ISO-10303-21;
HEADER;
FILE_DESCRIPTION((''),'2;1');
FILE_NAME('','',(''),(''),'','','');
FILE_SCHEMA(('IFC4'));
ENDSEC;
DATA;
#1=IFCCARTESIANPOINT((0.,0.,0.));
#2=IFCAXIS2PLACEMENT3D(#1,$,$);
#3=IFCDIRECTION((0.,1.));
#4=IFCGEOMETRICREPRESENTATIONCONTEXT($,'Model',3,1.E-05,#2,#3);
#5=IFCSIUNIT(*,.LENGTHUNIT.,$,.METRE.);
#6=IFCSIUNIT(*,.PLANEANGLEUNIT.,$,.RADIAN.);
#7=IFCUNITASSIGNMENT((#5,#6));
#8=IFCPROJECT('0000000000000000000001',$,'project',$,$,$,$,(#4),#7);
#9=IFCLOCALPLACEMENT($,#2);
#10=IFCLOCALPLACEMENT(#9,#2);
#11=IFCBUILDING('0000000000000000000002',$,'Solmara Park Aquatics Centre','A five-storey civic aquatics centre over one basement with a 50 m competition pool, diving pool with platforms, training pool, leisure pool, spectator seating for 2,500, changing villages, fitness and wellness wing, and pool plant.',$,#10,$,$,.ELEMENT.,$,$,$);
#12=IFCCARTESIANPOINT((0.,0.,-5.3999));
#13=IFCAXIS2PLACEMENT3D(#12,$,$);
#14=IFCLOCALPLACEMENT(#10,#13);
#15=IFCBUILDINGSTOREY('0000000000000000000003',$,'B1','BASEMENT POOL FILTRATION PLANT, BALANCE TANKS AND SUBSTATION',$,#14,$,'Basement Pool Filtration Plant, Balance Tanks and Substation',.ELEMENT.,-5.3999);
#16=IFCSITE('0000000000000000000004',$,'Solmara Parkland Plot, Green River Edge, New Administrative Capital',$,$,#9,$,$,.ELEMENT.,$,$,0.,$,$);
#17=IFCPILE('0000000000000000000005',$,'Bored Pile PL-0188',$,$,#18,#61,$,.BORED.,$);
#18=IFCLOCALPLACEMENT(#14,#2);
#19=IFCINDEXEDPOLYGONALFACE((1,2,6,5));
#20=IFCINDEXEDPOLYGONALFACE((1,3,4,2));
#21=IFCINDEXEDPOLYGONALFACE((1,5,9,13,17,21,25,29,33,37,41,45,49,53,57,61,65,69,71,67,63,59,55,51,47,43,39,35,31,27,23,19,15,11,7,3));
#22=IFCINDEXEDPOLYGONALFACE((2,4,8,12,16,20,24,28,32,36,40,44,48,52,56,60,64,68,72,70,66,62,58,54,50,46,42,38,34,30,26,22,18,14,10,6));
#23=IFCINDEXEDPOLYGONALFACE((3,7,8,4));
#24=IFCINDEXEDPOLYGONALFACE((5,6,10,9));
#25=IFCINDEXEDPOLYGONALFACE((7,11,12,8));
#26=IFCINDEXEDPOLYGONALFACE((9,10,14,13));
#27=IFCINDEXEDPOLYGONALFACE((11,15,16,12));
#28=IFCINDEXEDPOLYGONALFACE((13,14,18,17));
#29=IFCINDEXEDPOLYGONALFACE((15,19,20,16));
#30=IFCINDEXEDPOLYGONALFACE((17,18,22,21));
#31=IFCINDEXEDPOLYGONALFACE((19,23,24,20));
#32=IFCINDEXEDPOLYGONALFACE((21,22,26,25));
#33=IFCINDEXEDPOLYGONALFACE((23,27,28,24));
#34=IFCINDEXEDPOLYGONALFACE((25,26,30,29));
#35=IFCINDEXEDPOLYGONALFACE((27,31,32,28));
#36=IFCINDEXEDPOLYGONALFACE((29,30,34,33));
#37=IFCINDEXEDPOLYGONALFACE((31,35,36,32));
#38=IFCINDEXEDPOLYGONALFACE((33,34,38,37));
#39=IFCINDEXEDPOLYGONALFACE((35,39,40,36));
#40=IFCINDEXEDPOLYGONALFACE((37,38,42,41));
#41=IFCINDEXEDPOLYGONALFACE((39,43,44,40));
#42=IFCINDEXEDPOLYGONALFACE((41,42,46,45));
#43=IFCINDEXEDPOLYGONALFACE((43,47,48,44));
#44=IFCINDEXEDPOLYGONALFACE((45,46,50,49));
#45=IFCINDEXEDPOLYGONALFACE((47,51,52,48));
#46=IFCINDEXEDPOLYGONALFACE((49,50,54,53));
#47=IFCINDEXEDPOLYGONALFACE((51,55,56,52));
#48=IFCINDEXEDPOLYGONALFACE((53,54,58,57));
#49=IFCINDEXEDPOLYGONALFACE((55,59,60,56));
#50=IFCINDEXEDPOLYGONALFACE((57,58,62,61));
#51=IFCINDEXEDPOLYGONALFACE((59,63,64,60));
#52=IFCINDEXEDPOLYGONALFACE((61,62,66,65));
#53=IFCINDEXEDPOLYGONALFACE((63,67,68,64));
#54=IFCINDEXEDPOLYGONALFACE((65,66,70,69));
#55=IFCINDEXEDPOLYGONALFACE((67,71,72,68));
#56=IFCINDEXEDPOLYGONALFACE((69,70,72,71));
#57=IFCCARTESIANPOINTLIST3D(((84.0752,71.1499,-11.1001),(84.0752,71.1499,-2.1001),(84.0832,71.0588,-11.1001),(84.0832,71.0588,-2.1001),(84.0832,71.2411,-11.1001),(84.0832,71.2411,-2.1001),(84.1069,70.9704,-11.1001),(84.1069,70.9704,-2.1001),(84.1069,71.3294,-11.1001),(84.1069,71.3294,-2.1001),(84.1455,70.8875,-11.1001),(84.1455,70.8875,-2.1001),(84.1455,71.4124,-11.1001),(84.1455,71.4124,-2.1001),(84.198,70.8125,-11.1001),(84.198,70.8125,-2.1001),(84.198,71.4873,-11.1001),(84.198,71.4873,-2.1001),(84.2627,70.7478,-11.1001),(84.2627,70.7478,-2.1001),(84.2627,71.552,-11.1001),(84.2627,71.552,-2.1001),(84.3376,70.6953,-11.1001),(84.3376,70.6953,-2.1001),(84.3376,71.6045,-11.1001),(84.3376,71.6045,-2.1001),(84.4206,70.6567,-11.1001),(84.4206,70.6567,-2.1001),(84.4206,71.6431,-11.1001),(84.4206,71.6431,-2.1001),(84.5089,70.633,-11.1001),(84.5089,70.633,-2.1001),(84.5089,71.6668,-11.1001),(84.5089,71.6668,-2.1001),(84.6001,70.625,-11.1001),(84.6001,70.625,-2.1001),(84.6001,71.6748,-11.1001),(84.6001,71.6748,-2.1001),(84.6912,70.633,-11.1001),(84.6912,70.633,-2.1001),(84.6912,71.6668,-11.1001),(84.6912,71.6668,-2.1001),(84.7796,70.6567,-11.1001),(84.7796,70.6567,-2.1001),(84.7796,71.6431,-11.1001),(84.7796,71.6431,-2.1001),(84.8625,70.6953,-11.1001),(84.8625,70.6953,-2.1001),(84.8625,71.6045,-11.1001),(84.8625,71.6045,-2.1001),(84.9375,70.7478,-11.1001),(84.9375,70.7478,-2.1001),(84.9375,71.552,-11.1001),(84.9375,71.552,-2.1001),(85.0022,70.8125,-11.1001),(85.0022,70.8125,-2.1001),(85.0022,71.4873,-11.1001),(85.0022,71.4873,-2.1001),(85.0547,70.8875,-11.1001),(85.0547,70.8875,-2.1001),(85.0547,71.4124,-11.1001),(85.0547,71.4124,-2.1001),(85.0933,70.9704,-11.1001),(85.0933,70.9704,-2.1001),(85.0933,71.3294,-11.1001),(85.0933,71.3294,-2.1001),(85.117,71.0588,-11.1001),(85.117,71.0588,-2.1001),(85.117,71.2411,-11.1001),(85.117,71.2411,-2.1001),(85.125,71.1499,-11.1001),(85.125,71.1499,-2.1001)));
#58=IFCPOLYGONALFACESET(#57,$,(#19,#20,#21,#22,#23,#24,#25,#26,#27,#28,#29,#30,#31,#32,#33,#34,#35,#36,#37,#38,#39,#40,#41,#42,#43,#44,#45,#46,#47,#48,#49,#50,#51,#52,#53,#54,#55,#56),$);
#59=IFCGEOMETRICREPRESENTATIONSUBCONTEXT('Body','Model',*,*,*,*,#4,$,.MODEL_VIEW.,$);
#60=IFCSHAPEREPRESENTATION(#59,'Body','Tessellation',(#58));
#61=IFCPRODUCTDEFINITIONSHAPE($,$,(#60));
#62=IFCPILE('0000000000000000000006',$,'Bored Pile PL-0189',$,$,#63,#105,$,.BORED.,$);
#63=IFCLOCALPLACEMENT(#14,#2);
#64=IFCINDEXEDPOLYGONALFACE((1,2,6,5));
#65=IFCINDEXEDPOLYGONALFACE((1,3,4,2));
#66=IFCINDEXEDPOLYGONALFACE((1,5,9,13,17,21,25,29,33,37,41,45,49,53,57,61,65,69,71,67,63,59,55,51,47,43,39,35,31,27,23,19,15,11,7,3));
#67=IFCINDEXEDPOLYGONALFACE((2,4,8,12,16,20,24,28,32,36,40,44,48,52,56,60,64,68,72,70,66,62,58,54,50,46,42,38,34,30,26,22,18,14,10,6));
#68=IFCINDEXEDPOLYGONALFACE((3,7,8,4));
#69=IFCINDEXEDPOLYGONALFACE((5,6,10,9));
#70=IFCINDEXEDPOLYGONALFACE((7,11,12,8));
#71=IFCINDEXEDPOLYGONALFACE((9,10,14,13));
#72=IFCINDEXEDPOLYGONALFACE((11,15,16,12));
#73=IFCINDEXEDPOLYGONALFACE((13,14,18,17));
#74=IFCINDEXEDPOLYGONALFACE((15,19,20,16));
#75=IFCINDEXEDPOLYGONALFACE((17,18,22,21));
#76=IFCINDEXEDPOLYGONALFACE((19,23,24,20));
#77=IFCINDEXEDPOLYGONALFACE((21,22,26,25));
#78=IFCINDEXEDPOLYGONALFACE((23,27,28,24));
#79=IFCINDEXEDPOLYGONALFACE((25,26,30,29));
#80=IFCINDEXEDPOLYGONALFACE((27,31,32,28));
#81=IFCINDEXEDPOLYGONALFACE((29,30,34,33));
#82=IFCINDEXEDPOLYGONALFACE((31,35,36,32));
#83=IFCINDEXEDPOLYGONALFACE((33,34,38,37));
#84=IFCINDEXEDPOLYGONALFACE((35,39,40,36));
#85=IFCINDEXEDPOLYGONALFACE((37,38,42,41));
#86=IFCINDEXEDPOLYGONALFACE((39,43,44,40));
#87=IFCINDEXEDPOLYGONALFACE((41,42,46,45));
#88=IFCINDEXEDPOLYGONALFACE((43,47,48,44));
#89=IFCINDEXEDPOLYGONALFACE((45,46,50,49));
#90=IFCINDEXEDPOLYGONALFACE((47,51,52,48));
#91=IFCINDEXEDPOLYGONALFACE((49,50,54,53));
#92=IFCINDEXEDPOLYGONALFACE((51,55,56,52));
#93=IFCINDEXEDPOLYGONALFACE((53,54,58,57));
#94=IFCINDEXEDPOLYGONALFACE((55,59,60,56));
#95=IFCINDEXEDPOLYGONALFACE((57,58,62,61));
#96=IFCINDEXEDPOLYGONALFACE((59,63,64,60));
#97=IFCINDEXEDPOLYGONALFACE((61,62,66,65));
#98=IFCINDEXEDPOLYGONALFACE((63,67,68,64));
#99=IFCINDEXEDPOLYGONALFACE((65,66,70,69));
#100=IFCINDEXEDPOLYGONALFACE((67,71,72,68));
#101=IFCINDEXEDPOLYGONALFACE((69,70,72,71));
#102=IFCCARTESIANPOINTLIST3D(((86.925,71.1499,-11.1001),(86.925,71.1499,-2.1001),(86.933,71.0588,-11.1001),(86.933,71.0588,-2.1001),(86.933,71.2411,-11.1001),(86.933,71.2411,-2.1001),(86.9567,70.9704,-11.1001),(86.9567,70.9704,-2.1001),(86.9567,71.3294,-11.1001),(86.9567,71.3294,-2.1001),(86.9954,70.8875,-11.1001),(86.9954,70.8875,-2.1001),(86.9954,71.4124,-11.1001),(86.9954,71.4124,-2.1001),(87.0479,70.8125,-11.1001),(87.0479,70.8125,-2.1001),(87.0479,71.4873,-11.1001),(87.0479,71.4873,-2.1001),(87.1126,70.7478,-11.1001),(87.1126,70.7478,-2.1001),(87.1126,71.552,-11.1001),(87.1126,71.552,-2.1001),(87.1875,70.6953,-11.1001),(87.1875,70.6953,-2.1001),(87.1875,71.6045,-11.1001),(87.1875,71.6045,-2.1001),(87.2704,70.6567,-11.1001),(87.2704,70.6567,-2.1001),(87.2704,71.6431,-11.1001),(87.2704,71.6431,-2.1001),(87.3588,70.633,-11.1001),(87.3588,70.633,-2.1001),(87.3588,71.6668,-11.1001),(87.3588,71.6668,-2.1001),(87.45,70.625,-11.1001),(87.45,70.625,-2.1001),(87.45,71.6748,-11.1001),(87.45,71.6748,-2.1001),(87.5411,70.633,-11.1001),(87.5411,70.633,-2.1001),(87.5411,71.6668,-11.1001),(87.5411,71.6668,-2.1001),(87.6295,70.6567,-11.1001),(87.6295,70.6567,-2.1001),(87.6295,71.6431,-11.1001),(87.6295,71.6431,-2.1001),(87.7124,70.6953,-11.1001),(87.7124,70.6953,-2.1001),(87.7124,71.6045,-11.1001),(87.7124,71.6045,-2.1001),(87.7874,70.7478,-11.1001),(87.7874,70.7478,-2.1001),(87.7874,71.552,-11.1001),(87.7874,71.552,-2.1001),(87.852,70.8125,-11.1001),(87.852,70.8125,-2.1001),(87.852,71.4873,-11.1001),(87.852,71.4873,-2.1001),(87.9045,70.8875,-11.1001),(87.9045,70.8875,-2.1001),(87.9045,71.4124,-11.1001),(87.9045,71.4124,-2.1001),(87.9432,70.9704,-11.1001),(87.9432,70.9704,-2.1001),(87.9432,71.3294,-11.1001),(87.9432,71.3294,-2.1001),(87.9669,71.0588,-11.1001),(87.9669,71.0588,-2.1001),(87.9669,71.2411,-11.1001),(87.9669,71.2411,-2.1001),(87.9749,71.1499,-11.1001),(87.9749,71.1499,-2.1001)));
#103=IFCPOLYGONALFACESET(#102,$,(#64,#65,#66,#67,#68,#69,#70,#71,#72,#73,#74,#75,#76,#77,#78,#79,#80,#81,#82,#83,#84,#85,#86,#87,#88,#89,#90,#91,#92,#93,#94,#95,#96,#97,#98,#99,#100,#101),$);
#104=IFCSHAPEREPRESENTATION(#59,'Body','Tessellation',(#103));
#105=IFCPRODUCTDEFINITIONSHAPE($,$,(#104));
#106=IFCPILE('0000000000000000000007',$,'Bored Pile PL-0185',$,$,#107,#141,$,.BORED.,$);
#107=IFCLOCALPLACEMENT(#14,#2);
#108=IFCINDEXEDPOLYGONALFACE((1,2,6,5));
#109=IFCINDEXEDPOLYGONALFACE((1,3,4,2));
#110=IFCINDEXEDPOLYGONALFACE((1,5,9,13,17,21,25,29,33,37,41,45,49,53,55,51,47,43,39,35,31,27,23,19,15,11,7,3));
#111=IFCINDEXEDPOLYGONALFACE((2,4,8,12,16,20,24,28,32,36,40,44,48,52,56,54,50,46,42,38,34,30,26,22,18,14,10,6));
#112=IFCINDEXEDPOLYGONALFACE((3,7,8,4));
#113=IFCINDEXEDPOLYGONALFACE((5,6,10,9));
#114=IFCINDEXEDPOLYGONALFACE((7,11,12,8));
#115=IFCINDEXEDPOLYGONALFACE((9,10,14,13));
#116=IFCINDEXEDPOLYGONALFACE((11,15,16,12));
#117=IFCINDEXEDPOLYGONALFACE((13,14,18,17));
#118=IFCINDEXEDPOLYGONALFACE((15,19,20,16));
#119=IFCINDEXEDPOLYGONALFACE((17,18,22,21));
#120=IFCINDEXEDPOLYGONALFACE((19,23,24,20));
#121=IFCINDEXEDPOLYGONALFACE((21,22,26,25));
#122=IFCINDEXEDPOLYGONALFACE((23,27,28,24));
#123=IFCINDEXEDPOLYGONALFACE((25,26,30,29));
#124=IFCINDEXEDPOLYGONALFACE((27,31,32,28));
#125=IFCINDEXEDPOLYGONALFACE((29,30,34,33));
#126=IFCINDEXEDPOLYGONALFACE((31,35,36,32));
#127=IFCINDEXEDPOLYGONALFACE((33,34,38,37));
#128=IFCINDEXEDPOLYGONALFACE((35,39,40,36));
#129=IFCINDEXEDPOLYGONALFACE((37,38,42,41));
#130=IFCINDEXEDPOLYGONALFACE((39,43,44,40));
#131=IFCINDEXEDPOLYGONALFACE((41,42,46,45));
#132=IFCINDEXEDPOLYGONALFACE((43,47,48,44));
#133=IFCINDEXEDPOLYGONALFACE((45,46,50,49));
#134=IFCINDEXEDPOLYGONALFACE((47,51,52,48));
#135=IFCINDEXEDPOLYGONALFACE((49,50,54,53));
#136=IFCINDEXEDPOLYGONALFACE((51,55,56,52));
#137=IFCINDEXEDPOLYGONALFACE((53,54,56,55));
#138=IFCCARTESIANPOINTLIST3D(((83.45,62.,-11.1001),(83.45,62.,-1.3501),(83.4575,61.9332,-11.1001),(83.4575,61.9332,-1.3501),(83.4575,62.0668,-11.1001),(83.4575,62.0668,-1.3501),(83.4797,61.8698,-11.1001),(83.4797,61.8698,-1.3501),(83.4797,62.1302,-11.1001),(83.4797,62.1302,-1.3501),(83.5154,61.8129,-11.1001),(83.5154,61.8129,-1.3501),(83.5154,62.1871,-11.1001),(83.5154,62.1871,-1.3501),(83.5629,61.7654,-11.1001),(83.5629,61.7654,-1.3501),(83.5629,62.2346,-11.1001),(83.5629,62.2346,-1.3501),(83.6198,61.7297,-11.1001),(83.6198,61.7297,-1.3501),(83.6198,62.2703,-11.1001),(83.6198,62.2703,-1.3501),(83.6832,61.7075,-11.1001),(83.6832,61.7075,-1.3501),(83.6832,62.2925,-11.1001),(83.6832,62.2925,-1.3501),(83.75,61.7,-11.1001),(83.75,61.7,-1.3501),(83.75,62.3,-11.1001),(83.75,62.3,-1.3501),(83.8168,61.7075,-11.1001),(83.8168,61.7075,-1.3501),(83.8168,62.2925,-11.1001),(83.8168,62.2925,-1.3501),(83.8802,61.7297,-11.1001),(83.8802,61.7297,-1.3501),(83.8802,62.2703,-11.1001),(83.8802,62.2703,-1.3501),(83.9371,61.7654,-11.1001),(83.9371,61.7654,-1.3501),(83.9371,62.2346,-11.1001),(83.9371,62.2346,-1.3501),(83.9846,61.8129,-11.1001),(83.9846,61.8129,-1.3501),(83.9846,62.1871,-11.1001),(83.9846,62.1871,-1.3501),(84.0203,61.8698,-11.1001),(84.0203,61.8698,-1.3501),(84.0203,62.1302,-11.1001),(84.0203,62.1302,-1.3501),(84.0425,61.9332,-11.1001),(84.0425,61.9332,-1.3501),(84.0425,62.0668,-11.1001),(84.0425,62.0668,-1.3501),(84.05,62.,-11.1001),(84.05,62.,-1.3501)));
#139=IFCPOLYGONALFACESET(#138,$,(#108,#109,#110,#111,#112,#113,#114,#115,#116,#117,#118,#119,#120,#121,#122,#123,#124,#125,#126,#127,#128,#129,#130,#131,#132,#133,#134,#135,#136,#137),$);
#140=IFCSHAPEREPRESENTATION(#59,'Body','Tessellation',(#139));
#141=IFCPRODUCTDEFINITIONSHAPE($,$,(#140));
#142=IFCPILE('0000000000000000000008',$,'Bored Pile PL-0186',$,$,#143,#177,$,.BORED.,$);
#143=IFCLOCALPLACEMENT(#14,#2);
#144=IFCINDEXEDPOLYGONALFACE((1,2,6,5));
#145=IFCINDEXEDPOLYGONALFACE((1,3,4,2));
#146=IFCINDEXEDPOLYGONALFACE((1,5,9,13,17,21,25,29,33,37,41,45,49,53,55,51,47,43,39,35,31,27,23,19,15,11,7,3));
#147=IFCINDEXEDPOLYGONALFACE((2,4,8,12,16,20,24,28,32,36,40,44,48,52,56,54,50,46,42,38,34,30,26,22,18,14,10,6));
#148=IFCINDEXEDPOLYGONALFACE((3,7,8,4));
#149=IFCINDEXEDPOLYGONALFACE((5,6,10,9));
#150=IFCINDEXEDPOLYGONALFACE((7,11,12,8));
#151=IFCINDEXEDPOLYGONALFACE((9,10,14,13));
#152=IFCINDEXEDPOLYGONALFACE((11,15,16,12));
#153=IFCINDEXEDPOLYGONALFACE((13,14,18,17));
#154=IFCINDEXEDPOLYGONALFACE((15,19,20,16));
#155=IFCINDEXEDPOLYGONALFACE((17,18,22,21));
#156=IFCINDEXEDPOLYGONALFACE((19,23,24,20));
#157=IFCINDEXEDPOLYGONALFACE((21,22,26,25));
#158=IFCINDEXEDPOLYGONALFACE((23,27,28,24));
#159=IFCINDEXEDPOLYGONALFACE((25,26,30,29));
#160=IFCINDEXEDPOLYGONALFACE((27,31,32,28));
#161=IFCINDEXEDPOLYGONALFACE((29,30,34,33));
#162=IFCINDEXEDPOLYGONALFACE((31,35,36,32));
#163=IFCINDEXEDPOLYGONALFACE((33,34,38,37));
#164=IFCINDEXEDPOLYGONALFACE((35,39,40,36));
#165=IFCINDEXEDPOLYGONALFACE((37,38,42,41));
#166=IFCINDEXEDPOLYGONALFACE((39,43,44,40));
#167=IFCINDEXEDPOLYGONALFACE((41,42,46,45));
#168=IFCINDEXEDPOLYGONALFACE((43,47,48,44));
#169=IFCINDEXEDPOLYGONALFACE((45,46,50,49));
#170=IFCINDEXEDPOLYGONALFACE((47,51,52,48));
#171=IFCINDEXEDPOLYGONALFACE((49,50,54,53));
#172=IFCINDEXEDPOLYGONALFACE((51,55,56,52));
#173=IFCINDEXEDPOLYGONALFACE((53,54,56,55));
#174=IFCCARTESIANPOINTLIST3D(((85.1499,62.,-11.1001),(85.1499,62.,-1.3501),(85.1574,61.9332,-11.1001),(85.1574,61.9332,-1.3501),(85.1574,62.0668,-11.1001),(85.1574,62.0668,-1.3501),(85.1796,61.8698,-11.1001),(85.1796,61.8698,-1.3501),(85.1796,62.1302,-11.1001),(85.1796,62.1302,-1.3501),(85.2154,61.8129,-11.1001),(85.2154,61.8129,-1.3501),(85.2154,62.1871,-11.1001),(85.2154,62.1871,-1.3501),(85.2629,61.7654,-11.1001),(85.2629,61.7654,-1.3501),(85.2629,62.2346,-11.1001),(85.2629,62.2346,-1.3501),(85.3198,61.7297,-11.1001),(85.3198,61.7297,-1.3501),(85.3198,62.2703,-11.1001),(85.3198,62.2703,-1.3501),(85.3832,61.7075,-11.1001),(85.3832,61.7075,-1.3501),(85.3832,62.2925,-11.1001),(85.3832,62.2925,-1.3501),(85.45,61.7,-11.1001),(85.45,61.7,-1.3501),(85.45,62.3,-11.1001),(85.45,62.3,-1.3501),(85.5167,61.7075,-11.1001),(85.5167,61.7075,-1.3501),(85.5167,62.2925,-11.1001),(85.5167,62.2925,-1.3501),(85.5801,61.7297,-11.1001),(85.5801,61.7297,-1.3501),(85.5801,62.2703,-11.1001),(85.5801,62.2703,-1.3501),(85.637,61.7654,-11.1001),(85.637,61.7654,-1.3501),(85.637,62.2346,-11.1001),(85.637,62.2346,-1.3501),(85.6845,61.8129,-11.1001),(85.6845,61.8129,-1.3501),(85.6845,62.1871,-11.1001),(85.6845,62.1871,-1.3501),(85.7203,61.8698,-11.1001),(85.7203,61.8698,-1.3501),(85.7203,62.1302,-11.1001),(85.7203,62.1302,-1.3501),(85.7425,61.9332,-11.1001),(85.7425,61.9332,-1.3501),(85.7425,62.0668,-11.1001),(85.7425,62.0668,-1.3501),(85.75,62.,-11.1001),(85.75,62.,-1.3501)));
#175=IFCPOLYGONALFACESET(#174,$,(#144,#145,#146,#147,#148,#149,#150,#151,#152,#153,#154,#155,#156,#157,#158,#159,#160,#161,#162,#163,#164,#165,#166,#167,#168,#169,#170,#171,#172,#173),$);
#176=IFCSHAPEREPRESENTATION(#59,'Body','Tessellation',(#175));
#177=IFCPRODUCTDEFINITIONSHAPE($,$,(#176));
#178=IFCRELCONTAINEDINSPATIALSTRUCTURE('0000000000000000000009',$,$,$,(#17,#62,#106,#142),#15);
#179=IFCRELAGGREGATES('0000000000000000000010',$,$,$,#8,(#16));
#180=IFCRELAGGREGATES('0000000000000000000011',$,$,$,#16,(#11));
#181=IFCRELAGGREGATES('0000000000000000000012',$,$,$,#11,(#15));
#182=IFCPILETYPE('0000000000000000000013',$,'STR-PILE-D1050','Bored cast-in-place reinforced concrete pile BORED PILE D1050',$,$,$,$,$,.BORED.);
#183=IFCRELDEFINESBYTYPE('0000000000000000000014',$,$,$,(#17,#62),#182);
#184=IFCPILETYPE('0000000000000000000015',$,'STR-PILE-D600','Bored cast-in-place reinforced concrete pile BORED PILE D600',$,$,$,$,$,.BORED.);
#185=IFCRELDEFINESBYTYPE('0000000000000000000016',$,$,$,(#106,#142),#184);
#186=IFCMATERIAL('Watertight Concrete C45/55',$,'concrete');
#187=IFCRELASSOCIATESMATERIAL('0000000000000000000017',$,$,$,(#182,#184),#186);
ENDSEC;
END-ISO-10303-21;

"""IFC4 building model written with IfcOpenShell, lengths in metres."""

from ifc_helpers import new_model, si_unit, direction, frame, origin, origin_2d, place, context, subcontext, project, spatial, circle, extrude, material, material_profile, profile_set, type_object, element, save


model = new_model("IFC4")

# Units and contexts
model_context = context("Model", 3, precision=1e-05, world=origin(), true_north=direction((0.0, 1.0)))
body_context = subcontext(model_context, "Body", "Model", "MODEL_VIEW")
ifc_project = project(units=[si_unit("LENGTHUNIT", "METRE"), si_unit("PLANEANGLEUNIT", "RADIAN")], contexts=[model_context])

# Site, building, storey
site_placement = place(None, origin())
site = spatial("IfcSite", under=ifc_project, at=site_placement, Name="Solmara Parkland Plot, Green River Edge, New Administrative Capital", CompositionType="ELEMENT", RefElevation=0.0)
building_placement = place(site_placement, origin())
building = spatial("IfcBuilding", under=site, at=building_placement, Name="Solmara Park Aquatics Centre", Description="A five-storey civic aquatics centre over one basement with a 50 m competition pool, diving pool with platforms, training pool, leisure pool, spectator seating for 2,500, changing villages, fitness and wellness wing, and pool plant.", CompositionType="ELEMENT")
storey_placement = place(building_placement, frame((0.0, 0.0, -5.3999)))
storey = spatial("IfcBuildingStorey", under=building, at=storey_placement, Name="B1", Description="BASEMENT POOL FILTRATION PLANT, BALANCE TANKS AND SUBSTATION", LongName="Basement Pool Filtration Plant, Balance Tanks and Substation", CompositionType="ELEMENT", Elevation=-5.3999)

# Shared definitions
ifc_material_1 = material(Name="Watertight Concrete C45/55", Category="concrete")

# Piles
ifc_material_profile_1 = material_profile(ifc_material_1, circle(Radius=0.5249, at=origin_2d()), Name="BORED PILE D1050")
ifc_profile_set_1 = profile_set([ifc_material_profile_1], Name="Watertight Concrete C45/55")
pile_type_1 = type_object("IfcPileType", Name="STR-PILE-D1050", Description="Bored cast-in-place reinforced concrete pile BORED PILE D1050", PredefinedType="BORED", material=ifc_profile_set_1)
for number, where, z_axis, x_axis, name in (
    (1, (84.6001, 71.1499, -2.1001), (0.0, 0.0, -1.0), (1.0, 0.0, 0.0), "Bored Pile PL-0188"),
    (2, (87.45, 71.1499, -2.1001), (0.0, 0.0, -1.0), (1.0, 0.0, 0.0), "Bored Pile PL-0189"),
):
    element("IfcPile", number, at=place(storey_placement, frame(where, z_axis=z_axis, x_axis=x_axis)), inside=storey, type_object=pile_type_1, Name=name, PredefinedType="BORED", context=body_context, shape_type="SweptSolid", body=[
        extrude(circle(Radius=0.5249, at=origin_2d()), origin(), (0.0, 0.0, 1.0), 9.0),
    ])
ifc_material_profile_2 = material_profile(ifc_material_1, circle(Radius=0.3, at=origin_2d()), Name="BORED PILE D600")
ifc_profile_set_2 = profile_set([ifc_material_profile_2], Name="Watertight Concrete C45/55")
pile_type_2 = type_object("IfcPileType", Name="STR-PILE-D600", Description="Bored cast-in-place reinforced concrete pile BORED PILE D600", PredefinedType="BORED", material=ifc_profile_set_2)
for number, where, z_axis, x_axis, name in (
    (3, (83.75, 62.0, -1.3501), (0.0, 0.0, -1.0), (1.0, 0.0, 0.0), "Bored Pile PL-0185"),
    (4, (85.45, 62.0, -1.3501), (0.0, 0.0, -1.0), (1.0, 0.0, 0.0), "Bored Pile PL-0186"),
):
    element("IfcPile", number, at=place(storey_placement, frame(where, z_axis=z_axis, x_axis=x_axis)), inside=storey, type_object=pile_type_2, Name=name, PredefinedType="BORED", context=body_context, shape_type="SweptSolid", body=[
        extrude(circle(Radius=0.3, at=origin_2d()), origin(), (0.0, 0.0, 1.0), 9.75),
    ])

save(model, "model.ifc")
